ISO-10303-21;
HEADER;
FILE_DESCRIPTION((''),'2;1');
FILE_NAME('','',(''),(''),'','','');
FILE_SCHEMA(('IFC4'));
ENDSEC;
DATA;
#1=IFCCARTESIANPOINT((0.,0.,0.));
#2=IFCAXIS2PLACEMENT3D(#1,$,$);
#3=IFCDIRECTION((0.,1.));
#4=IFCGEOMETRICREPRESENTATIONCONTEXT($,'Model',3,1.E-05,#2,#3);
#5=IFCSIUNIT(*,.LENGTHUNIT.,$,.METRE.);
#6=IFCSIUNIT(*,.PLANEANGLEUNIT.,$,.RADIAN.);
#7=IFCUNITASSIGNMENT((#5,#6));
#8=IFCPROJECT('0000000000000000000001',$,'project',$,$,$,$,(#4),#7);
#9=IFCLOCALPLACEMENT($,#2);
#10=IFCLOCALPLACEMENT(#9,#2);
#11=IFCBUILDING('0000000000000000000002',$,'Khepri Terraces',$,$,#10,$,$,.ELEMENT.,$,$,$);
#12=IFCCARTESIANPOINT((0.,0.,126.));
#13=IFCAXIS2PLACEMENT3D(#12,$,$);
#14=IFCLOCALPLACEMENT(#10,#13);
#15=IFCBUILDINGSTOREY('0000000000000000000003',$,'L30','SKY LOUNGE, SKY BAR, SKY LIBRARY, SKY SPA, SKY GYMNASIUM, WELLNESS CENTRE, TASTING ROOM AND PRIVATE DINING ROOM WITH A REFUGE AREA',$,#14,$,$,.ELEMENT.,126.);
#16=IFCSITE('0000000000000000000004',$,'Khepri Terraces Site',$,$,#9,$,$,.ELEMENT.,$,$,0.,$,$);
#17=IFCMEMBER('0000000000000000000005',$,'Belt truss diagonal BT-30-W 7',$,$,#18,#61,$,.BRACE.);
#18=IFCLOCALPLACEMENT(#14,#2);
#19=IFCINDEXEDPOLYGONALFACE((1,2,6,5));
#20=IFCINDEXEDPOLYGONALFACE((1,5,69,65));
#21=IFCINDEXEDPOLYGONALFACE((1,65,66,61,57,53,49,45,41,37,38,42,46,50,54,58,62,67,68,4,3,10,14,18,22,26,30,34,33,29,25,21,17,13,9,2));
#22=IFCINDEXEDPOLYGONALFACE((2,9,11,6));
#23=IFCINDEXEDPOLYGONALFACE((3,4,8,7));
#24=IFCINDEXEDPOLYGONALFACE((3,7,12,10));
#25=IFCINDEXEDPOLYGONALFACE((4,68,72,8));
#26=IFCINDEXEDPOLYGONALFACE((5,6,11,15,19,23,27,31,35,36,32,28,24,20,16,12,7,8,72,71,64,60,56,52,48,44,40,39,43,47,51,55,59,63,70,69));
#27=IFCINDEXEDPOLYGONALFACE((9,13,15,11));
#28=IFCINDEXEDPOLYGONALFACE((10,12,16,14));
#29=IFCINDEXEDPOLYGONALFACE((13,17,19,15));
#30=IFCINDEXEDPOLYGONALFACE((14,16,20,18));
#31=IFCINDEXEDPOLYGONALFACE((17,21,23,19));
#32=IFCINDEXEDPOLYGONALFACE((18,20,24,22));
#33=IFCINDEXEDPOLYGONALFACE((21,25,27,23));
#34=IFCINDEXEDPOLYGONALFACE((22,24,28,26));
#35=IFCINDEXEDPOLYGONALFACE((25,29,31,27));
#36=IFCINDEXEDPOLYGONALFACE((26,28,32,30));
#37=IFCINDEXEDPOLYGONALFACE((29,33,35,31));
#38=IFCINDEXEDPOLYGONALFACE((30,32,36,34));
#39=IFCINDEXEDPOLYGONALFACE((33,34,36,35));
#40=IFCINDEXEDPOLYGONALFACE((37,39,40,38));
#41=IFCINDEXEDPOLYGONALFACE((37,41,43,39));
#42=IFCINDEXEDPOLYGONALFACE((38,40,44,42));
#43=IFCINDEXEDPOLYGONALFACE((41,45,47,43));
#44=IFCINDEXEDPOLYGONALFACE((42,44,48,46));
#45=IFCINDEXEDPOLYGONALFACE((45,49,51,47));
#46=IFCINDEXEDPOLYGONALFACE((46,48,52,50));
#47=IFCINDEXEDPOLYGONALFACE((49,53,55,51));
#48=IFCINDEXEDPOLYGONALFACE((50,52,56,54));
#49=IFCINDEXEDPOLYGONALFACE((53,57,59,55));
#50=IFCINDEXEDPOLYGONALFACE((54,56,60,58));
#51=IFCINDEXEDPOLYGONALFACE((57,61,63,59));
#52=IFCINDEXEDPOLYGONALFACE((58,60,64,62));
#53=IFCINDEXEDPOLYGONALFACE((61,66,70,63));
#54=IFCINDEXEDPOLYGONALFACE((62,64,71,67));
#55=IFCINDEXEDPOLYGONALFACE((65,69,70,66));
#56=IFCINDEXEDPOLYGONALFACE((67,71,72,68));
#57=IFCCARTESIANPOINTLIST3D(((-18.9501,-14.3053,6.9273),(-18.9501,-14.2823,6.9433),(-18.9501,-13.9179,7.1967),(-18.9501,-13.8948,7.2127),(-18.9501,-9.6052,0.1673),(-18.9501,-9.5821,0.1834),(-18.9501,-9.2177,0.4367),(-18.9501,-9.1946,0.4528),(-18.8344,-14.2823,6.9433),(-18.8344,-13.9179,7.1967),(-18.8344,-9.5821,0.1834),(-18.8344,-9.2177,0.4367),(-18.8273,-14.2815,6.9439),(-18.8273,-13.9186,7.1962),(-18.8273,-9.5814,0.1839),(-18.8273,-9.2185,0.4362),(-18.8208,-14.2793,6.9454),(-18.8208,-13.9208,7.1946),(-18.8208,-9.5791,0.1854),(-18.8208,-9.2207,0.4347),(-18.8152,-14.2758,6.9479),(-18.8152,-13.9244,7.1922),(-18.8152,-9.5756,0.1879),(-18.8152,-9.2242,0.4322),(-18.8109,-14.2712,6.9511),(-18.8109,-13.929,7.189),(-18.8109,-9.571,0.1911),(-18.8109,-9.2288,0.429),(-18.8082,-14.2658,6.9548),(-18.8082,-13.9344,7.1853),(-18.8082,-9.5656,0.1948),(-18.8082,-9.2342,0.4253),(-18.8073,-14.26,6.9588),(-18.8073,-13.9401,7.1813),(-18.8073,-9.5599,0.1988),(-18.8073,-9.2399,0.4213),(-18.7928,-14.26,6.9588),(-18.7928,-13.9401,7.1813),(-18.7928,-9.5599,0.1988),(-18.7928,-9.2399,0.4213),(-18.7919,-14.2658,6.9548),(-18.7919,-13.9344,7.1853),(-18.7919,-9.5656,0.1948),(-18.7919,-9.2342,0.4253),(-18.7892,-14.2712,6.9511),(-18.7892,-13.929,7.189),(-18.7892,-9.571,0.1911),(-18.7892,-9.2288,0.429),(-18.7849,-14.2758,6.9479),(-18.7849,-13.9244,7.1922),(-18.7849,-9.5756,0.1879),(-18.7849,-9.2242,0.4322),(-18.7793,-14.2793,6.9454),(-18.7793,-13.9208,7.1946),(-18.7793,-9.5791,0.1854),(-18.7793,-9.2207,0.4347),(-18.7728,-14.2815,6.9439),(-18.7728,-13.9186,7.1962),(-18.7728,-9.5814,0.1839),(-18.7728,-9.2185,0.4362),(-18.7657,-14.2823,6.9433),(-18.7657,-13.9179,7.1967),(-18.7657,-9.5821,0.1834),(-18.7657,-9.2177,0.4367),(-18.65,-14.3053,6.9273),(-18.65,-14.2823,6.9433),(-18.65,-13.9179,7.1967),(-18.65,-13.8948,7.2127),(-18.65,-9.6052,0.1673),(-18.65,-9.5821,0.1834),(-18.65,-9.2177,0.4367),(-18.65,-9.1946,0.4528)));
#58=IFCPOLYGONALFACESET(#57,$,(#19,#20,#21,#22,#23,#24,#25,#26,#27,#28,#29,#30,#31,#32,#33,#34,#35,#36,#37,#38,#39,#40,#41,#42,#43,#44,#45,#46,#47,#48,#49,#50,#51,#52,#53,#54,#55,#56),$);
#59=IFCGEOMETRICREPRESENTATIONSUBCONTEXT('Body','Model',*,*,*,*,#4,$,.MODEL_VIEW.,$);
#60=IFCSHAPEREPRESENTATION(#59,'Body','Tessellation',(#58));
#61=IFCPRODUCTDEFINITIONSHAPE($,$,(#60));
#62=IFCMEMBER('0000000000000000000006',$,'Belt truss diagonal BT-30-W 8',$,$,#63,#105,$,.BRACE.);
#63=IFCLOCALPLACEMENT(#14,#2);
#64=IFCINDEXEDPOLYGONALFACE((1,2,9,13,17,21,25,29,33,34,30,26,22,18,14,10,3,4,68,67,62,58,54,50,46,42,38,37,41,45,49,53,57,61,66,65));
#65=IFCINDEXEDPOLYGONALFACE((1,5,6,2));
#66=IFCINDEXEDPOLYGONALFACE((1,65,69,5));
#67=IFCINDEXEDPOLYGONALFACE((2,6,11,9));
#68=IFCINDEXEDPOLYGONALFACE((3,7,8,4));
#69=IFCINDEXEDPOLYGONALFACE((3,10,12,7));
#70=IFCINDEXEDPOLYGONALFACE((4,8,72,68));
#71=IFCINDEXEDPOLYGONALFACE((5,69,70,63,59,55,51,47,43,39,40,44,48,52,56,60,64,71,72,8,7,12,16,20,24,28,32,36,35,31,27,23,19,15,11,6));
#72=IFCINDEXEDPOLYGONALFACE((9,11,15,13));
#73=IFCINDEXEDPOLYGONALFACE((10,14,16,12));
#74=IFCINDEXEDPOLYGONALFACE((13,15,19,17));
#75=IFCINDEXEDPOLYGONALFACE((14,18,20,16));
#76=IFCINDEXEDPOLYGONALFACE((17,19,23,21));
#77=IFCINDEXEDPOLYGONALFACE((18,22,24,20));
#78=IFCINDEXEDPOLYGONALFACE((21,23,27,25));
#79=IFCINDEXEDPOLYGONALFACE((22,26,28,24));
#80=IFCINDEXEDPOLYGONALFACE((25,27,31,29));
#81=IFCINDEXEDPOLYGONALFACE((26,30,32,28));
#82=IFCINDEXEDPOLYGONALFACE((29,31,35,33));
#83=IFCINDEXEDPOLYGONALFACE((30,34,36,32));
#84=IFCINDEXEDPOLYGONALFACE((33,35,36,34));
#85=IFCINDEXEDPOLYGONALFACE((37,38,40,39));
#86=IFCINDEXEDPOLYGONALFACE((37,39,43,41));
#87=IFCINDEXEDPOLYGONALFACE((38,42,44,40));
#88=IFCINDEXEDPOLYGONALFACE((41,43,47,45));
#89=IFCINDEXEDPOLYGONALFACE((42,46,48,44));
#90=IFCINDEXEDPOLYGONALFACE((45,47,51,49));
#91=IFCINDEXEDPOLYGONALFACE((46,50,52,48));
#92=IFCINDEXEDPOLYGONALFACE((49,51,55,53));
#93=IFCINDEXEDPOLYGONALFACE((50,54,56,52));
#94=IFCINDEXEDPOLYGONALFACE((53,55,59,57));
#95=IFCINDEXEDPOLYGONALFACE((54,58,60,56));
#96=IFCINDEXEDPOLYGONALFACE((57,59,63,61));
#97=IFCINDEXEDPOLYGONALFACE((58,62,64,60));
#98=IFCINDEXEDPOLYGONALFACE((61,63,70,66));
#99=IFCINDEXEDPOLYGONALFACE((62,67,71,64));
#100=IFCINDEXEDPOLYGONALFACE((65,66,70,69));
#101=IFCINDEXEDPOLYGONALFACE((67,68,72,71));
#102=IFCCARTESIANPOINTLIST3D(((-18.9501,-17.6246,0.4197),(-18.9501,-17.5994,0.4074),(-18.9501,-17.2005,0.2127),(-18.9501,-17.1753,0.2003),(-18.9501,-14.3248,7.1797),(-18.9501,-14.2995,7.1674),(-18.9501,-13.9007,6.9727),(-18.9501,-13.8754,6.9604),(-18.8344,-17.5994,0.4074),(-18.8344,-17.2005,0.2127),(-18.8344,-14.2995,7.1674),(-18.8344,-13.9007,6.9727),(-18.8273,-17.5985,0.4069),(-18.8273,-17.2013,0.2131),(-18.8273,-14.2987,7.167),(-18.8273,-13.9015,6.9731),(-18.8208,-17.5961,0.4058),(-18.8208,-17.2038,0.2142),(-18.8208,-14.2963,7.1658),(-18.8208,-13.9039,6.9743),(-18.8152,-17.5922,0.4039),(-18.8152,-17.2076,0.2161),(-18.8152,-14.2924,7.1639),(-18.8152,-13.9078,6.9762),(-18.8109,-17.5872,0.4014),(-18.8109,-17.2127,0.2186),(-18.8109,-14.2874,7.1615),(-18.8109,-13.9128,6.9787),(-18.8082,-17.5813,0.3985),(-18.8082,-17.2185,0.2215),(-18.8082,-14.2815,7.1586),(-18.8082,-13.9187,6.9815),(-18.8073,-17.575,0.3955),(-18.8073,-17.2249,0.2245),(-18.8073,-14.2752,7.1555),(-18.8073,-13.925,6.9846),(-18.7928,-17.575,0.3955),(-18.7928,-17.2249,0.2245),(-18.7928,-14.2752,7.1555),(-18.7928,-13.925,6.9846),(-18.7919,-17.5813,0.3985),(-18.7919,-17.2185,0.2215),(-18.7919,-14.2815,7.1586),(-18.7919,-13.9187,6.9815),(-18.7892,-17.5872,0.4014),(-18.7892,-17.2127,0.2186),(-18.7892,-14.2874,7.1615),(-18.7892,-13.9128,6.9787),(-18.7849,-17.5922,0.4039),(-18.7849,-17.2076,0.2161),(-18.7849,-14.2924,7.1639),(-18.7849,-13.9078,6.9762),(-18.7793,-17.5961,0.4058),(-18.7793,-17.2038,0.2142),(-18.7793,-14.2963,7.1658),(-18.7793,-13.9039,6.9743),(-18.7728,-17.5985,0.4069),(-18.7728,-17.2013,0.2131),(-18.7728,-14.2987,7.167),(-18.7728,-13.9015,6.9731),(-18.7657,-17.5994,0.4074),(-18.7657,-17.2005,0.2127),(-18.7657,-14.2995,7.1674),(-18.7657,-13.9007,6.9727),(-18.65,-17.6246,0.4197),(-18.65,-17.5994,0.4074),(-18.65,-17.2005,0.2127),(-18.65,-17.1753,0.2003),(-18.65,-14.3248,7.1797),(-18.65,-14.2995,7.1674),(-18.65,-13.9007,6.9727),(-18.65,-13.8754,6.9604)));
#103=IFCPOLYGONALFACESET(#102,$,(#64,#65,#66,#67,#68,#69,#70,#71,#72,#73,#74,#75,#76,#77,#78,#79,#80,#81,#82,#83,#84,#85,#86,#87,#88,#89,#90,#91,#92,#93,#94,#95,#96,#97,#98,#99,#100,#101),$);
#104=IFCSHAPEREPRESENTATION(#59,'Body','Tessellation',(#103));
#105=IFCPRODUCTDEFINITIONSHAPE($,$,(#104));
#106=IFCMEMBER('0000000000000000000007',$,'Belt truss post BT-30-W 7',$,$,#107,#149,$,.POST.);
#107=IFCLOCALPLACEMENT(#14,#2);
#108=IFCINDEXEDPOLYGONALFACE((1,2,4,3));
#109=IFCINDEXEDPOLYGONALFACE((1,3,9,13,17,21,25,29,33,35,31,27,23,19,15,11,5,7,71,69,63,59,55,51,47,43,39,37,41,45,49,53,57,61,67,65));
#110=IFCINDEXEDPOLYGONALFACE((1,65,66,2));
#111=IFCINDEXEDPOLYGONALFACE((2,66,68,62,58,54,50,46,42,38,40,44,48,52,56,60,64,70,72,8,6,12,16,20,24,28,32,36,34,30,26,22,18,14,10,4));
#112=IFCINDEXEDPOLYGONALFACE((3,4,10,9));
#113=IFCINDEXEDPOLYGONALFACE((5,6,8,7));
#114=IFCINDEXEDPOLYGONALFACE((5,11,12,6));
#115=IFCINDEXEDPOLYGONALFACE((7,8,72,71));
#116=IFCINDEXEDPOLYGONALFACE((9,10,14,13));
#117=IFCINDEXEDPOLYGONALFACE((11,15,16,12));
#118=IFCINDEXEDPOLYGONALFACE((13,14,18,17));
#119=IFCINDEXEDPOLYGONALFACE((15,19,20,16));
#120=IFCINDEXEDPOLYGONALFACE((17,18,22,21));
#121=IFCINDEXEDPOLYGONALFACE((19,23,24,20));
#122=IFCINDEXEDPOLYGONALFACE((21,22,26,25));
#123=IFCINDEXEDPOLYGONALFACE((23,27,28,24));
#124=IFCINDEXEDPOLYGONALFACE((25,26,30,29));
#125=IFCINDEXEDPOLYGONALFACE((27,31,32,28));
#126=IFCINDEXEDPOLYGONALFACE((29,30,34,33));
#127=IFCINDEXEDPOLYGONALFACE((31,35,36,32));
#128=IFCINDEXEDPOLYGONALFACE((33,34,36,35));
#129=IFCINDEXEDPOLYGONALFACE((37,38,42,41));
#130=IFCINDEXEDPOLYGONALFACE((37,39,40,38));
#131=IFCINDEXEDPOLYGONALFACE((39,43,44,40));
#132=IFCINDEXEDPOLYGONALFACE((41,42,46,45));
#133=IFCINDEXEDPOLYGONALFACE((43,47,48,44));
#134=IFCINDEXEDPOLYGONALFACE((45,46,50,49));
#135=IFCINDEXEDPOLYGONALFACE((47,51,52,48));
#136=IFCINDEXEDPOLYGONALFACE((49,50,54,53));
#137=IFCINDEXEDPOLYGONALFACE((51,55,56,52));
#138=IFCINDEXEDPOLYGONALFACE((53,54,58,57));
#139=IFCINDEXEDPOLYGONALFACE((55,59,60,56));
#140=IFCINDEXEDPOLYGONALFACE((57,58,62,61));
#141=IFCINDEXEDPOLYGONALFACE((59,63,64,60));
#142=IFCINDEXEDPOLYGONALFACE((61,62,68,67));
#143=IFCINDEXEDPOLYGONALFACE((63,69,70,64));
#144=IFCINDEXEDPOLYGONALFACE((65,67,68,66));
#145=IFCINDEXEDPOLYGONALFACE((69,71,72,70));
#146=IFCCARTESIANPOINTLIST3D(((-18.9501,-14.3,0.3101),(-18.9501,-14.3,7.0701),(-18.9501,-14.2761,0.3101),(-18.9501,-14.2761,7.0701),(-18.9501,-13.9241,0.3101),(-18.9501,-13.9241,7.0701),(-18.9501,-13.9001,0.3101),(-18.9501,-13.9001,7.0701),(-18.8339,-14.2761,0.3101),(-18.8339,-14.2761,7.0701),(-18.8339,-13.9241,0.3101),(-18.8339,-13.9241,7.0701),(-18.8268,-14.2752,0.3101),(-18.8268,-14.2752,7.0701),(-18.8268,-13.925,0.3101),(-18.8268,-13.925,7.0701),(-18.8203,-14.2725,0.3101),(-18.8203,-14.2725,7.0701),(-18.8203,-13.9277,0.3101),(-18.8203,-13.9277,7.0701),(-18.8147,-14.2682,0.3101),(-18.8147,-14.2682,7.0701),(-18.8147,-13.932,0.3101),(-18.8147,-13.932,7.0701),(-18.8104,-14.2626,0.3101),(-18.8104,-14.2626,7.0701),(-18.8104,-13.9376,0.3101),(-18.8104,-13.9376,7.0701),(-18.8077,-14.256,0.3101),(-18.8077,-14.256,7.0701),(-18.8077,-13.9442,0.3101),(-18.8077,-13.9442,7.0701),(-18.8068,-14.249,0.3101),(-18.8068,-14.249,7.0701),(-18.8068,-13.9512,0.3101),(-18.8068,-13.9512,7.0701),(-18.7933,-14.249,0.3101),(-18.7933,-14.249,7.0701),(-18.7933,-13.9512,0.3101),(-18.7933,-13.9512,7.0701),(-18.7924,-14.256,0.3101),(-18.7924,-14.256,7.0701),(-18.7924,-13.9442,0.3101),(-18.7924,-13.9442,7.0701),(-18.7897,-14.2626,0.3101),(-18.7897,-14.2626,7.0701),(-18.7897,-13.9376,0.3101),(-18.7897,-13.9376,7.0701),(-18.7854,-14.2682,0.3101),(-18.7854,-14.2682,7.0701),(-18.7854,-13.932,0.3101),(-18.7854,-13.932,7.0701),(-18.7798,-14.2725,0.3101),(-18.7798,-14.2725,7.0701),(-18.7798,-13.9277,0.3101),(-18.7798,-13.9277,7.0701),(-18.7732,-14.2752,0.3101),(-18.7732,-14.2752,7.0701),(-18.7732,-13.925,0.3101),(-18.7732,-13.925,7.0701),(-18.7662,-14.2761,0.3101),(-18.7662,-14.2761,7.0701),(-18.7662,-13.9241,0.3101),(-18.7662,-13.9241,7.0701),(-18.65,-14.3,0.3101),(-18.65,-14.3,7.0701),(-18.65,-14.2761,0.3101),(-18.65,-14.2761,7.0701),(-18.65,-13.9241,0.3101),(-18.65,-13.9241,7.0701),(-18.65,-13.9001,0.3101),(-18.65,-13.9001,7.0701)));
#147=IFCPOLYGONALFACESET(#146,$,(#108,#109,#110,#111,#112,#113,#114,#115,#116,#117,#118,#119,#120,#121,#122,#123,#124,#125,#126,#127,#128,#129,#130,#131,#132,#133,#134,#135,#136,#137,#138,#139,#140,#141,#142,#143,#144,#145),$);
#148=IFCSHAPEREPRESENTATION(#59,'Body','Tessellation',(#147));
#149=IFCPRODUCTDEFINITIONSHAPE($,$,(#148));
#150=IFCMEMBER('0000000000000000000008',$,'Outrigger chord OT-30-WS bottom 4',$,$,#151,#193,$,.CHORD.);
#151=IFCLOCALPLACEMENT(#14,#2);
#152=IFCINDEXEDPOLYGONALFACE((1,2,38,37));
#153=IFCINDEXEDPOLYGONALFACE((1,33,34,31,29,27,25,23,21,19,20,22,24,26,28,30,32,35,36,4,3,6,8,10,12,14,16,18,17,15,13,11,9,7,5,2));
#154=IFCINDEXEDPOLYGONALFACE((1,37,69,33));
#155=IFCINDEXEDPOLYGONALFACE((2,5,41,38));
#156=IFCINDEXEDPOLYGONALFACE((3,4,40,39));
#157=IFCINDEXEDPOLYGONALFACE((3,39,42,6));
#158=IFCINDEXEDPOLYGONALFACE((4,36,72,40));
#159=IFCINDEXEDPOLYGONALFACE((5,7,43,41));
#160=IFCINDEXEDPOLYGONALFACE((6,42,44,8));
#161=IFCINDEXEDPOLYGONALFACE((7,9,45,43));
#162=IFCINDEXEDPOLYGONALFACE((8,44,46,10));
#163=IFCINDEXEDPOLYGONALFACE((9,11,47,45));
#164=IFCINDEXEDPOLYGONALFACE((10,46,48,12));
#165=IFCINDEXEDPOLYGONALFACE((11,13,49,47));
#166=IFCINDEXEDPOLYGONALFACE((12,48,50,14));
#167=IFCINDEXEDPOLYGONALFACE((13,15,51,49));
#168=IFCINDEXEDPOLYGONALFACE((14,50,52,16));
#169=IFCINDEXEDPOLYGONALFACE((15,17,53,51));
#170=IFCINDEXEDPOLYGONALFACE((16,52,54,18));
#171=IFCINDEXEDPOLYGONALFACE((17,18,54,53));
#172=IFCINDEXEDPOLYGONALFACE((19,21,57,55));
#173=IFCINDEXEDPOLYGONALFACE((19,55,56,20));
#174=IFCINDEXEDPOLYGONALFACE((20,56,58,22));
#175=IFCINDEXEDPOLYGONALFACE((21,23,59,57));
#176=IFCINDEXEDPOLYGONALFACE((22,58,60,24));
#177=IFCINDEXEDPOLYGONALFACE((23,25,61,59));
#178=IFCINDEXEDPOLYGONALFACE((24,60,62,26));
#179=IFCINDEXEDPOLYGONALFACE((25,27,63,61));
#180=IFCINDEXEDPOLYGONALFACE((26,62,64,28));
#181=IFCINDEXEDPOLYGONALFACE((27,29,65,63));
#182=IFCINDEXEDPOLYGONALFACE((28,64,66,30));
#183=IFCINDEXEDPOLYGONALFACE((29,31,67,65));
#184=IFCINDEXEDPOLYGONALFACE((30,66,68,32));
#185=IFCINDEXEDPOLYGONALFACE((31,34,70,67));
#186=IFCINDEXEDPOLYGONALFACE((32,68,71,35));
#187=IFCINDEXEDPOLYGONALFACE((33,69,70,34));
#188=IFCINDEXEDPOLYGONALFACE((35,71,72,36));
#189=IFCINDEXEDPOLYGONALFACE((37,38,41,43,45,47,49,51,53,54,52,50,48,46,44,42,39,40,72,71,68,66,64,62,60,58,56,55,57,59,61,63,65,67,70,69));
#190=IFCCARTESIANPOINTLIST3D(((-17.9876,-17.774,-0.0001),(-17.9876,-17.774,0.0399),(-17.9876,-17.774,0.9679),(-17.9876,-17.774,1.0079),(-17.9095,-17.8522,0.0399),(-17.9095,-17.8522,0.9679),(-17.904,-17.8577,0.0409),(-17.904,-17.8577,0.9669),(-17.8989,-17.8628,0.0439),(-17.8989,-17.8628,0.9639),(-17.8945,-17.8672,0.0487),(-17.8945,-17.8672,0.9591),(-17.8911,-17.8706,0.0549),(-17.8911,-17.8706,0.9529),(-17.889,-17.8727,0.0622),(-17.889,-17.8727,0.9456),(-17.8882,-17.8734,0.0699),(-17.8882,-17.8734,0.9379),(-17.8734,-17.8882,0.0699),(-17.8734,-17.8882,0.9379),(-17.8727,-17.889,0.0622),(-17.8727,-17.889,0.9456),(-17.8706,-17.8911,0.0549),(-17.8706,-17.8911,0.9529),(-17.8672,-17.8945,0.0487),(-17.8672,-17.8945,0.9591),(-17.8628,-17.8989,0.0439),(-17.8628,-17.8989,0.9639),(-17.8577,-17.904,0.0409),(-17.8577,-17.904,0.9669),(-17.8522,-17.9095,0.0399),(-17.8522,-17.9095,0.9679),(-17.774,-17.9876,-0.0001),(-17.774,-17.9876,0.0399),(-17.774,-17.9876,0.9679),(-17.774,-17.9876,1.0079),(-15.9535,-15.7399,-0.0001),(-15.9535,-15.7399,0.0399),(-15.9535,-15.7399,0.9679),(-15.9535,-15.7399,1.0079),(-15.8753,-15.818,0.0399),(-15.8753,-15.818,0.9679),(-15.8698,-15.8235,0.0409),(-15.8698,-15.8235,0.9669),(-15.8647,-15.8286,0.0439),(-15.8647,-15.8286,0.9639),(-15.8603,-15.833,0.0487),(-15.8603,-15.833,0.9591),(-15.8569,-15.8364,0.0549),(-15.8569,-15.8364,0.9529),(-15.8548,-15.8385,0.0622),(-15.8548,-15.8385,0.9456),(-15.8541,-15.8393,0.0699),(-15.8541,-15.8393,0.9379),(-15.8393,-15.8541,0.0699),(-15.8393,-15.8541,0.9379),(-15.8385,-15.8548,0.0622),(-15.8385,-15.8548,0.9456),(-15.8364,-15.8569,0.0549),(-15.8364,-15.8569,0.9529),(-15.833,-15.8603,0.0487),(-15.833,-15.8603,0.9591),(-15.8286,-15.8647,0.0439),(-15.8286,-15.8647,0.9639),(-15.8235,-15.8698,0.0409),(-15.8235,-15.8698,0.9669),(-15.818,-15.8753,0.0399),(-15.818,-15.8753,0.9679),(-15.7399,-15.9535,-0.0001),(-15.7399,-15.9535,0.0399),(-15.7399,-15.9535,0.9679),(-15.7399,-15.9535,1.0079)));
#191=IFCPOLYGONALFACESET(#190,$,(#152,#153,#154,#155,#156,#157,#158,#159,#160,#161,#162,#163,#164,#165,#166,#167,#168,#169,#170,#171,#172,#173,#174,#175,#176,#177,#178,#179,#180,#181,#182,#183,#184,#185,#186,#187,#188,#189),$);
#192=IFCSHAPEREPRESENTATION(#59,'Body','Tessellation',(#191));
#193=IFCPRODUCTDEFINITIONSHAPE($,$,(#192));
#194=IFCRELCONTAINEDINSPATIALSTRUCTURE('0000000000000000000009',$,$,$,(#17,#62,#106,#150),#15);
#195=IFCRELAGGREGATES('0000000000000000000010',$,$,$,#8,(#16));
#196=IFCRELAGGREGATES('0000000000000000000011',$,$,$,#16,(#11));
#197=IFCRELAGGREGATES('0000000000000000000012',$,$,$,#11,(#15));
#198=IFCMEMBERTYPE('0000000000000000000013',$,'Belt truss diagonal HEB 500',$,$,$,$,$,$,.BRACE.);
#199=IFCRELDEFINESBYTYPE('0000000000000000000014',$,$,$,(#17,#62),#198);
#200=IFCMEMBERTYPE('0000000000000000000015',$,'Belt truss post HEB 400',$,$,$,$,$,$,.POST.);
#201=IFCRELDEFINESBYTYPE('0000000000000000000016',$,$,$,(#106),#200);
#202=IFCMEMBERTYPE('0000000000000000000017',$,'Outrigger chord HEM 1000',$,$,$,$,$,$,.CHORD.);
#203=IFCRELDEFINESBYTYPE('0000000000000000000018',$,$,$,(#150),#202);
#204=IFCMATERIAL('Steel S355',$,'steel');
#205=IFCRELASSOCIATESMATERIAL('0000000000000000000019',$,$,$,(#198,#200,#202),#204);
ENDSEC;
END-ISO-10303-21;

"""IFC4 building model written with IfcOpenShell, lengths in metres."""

from ifc_helpers import new_model, si_unit, direction, frame, origin, origin_2d, place, context, subcontext, project, spatial, i_section, extrude, material, material_profile, profile_set, type_object, element, save


model = new_model("IFC4")

# Units and contexts
model_context = context("Model", 3, precision=1e-05, world=origin(), true_north=direction((0.0, 1.0)))
body_context = subcontext(model_context, "Body", "Model", "MODEL_VIEW")
ifc_project = project(units=[si_unit("LENGTHUNIT", "METRE"), si_unit("PLANEANGLEUNIT", "RADIAN")], contexts=[model_context])

# Site, building, storey
site_placement = place(None, origin())
site = spatial("IfcSite", under=ifc_project, at=site_placement, Name="Khepri Terraces Site", CompositionType="ELEMENT", RefElevation=0.0)
building_placement = place(site_placement, origin())
building = spatial("IfcBuilding", under=site, at=building_placement, Name="Khepri Terraces", CompositionType="ELEMENT")
storey_placement = place(building_placement, frame((0.0, 0.0, 126.0)))
storey = spatial("IfcBuildingStorey", under=building, at=storey_placement, Name="L30", Description="SKY LOUNGE, SKY BAR, SKY LIBRARY, SKY SPA, SKY GYMNASIUM, WELLNESS CENTRE, TASTING ROOM AND PRIVATE DINING ROOM WITH A REFUGE AREA", CompositionType="ELEMENT", Elevation=126.0)

# Members
ifc_material_1 = material(Name="Steel S355", Category="steel")
ifc_material_profile_1 = material_profile(ifc_material_1, i_section(OverallWidth=0.3, OverallDepth=0.5, WebThickness=0.0144, FlangeThickness=0.0281, FilletRadius=0.0271, at=origin_2d()), Name="Steel S355", Category="steel")
ifc_profile_set_1 = profile_set([ifc_material_profile_1], Name="Steel S355")
member_type_1 = type_object("IfcMemberType", Name="Belt truss diagonal HEB 500", PredefinedType="BRACE", material=ifc_profile_set_1)
member_1_placement = place(storey_placement, frame((-18.8, -9.3999, 0.3101), z_axis=(0.0, -0.570866, 0.821043), x_axis=(1.0, 0.0, 0.0)))
element("IfcMember", 1, at=member_1_placement, inside=storey, type_object=member_type_1, Name="Belt truss diagonal BT-30-W 7", PredefinedType="BRACE", context=body_context, shape_type="SweptSolid", body=[
    extrude(i_section(OverallWidth=0.3, OverallDepth=0.5, WebThickness=0.0144, FlangeThickness=0.0281, FilletRadius=0.0271, at=origin_2d()), origin(), (0.0, 0.0, 1.0), 8.2334),
])
member_2_placement = place(storey_placement, frame((-18.8, -14.1001, 7.0701), z_axis=(0.0, -0.438664, -0.898651), x_axis=(1.0, 0.0, 0.0)))
element("IfcMember", 2, at=member_2_placement, inside=storey, type_object=member_type_1, Name="Belt truss diagonal BT-30-W 8", PredefinedType="BRACE", context=body_context, shape_type="SweptSolid", body=[
    extrude(i_section(OverallWidth=0.3, OverallDepth=0.5, WebThickness=0.0144, FlangeThickness=0.0281, FilletRadius=0.0271, at=origin_2d()), origin(), (0.0, 0.0, 1.0), 7.5225),
])
ifc_material_profile_2 = material_profile(ifc_material_1, i_section(OverallWidth=0.3, OverallDepth=0.3999, WebThickness=0.0134, FlangeThickness=0.0239, FilletRadius=0.0271, at=origin_2d()), Name="Steel S355", Category="steel")
ifc_profile_set_2 = profile_set([ifc_material_profile_2], Name="Steel S355")
member_type_2 = type_object("IfcMemberType", Name="Belt truss post HEB 400", PredefinedType="POST", material=ifc_profile_set_2)
member_3_placement = place(storey_placement, frame((-18.8, -14.1001, 0.3101), z_axis=(0.0, 0.0, 1.0), x_axis=(1.0, 0.0, 0.0)))
element("IfcMember", 3, at=member_3_placement, inside=storey, type_object=member_type_2, Name="Belt truss post BT-30-W 7", PredefinedType="POST", context=body_context, shape_type="SweptSolid", body=[
    extrude(i_section(OverallWidth=0.3, OverallDepth=0.3999, WebThickness=0.0134, FlangeThickness=0.0239, FilletRadius=0.0271, at=origin_2d()), origin(), (0.0, 0.0, 1.0), 6.76),
])
ifc_material_profile_3 = material_profile(ifc_material_1, i_section(OverallWidth=0.302, OverallDepth=1.0081, WebThickness=0.021, FlangeThickness=0.04, FilletRadius=0.03, at=origin_2d()), Name="Steel S355", Category="steel")
ifc_profile_set_3 = profile_set([ifc_material_profile_3], Name="Steel S355")
member_type_3 = type_object("IfcMemberType", Name="Outrigger chord HEM 1000", PredefinedType="CHORD", material=ifc_profile_set_3)
for number, where, z_axis, x_axis, name in (
    (4, (-15.8467, -15.8467, 0.5039), (-0.707107, -0.707107, 0.0), (0.707107, -0.707107, 0.0), "Outrigger chord OT-30-WS bottom 4"),
):
    element("IfcMember", number, at=place(storey_placement, frame(where, z_axis=z_axis, x_axis=x_axis)), inside=storey, type_object=member_type_3, Name=name, PredefinedType="CHORD", context=body_context, shape_type="SweptSolid", body=[
        extrude(i_section(OverallWidth=0.302, OverallDepth=1.0081, WebThickness=0.021, FlangeThickness=0.04, FilletRadius=0.03, at=origin_2d()), origin(), (0.0, 0.0, 1.0), 2.8767),
    ])

save(model, "model.ifc")
